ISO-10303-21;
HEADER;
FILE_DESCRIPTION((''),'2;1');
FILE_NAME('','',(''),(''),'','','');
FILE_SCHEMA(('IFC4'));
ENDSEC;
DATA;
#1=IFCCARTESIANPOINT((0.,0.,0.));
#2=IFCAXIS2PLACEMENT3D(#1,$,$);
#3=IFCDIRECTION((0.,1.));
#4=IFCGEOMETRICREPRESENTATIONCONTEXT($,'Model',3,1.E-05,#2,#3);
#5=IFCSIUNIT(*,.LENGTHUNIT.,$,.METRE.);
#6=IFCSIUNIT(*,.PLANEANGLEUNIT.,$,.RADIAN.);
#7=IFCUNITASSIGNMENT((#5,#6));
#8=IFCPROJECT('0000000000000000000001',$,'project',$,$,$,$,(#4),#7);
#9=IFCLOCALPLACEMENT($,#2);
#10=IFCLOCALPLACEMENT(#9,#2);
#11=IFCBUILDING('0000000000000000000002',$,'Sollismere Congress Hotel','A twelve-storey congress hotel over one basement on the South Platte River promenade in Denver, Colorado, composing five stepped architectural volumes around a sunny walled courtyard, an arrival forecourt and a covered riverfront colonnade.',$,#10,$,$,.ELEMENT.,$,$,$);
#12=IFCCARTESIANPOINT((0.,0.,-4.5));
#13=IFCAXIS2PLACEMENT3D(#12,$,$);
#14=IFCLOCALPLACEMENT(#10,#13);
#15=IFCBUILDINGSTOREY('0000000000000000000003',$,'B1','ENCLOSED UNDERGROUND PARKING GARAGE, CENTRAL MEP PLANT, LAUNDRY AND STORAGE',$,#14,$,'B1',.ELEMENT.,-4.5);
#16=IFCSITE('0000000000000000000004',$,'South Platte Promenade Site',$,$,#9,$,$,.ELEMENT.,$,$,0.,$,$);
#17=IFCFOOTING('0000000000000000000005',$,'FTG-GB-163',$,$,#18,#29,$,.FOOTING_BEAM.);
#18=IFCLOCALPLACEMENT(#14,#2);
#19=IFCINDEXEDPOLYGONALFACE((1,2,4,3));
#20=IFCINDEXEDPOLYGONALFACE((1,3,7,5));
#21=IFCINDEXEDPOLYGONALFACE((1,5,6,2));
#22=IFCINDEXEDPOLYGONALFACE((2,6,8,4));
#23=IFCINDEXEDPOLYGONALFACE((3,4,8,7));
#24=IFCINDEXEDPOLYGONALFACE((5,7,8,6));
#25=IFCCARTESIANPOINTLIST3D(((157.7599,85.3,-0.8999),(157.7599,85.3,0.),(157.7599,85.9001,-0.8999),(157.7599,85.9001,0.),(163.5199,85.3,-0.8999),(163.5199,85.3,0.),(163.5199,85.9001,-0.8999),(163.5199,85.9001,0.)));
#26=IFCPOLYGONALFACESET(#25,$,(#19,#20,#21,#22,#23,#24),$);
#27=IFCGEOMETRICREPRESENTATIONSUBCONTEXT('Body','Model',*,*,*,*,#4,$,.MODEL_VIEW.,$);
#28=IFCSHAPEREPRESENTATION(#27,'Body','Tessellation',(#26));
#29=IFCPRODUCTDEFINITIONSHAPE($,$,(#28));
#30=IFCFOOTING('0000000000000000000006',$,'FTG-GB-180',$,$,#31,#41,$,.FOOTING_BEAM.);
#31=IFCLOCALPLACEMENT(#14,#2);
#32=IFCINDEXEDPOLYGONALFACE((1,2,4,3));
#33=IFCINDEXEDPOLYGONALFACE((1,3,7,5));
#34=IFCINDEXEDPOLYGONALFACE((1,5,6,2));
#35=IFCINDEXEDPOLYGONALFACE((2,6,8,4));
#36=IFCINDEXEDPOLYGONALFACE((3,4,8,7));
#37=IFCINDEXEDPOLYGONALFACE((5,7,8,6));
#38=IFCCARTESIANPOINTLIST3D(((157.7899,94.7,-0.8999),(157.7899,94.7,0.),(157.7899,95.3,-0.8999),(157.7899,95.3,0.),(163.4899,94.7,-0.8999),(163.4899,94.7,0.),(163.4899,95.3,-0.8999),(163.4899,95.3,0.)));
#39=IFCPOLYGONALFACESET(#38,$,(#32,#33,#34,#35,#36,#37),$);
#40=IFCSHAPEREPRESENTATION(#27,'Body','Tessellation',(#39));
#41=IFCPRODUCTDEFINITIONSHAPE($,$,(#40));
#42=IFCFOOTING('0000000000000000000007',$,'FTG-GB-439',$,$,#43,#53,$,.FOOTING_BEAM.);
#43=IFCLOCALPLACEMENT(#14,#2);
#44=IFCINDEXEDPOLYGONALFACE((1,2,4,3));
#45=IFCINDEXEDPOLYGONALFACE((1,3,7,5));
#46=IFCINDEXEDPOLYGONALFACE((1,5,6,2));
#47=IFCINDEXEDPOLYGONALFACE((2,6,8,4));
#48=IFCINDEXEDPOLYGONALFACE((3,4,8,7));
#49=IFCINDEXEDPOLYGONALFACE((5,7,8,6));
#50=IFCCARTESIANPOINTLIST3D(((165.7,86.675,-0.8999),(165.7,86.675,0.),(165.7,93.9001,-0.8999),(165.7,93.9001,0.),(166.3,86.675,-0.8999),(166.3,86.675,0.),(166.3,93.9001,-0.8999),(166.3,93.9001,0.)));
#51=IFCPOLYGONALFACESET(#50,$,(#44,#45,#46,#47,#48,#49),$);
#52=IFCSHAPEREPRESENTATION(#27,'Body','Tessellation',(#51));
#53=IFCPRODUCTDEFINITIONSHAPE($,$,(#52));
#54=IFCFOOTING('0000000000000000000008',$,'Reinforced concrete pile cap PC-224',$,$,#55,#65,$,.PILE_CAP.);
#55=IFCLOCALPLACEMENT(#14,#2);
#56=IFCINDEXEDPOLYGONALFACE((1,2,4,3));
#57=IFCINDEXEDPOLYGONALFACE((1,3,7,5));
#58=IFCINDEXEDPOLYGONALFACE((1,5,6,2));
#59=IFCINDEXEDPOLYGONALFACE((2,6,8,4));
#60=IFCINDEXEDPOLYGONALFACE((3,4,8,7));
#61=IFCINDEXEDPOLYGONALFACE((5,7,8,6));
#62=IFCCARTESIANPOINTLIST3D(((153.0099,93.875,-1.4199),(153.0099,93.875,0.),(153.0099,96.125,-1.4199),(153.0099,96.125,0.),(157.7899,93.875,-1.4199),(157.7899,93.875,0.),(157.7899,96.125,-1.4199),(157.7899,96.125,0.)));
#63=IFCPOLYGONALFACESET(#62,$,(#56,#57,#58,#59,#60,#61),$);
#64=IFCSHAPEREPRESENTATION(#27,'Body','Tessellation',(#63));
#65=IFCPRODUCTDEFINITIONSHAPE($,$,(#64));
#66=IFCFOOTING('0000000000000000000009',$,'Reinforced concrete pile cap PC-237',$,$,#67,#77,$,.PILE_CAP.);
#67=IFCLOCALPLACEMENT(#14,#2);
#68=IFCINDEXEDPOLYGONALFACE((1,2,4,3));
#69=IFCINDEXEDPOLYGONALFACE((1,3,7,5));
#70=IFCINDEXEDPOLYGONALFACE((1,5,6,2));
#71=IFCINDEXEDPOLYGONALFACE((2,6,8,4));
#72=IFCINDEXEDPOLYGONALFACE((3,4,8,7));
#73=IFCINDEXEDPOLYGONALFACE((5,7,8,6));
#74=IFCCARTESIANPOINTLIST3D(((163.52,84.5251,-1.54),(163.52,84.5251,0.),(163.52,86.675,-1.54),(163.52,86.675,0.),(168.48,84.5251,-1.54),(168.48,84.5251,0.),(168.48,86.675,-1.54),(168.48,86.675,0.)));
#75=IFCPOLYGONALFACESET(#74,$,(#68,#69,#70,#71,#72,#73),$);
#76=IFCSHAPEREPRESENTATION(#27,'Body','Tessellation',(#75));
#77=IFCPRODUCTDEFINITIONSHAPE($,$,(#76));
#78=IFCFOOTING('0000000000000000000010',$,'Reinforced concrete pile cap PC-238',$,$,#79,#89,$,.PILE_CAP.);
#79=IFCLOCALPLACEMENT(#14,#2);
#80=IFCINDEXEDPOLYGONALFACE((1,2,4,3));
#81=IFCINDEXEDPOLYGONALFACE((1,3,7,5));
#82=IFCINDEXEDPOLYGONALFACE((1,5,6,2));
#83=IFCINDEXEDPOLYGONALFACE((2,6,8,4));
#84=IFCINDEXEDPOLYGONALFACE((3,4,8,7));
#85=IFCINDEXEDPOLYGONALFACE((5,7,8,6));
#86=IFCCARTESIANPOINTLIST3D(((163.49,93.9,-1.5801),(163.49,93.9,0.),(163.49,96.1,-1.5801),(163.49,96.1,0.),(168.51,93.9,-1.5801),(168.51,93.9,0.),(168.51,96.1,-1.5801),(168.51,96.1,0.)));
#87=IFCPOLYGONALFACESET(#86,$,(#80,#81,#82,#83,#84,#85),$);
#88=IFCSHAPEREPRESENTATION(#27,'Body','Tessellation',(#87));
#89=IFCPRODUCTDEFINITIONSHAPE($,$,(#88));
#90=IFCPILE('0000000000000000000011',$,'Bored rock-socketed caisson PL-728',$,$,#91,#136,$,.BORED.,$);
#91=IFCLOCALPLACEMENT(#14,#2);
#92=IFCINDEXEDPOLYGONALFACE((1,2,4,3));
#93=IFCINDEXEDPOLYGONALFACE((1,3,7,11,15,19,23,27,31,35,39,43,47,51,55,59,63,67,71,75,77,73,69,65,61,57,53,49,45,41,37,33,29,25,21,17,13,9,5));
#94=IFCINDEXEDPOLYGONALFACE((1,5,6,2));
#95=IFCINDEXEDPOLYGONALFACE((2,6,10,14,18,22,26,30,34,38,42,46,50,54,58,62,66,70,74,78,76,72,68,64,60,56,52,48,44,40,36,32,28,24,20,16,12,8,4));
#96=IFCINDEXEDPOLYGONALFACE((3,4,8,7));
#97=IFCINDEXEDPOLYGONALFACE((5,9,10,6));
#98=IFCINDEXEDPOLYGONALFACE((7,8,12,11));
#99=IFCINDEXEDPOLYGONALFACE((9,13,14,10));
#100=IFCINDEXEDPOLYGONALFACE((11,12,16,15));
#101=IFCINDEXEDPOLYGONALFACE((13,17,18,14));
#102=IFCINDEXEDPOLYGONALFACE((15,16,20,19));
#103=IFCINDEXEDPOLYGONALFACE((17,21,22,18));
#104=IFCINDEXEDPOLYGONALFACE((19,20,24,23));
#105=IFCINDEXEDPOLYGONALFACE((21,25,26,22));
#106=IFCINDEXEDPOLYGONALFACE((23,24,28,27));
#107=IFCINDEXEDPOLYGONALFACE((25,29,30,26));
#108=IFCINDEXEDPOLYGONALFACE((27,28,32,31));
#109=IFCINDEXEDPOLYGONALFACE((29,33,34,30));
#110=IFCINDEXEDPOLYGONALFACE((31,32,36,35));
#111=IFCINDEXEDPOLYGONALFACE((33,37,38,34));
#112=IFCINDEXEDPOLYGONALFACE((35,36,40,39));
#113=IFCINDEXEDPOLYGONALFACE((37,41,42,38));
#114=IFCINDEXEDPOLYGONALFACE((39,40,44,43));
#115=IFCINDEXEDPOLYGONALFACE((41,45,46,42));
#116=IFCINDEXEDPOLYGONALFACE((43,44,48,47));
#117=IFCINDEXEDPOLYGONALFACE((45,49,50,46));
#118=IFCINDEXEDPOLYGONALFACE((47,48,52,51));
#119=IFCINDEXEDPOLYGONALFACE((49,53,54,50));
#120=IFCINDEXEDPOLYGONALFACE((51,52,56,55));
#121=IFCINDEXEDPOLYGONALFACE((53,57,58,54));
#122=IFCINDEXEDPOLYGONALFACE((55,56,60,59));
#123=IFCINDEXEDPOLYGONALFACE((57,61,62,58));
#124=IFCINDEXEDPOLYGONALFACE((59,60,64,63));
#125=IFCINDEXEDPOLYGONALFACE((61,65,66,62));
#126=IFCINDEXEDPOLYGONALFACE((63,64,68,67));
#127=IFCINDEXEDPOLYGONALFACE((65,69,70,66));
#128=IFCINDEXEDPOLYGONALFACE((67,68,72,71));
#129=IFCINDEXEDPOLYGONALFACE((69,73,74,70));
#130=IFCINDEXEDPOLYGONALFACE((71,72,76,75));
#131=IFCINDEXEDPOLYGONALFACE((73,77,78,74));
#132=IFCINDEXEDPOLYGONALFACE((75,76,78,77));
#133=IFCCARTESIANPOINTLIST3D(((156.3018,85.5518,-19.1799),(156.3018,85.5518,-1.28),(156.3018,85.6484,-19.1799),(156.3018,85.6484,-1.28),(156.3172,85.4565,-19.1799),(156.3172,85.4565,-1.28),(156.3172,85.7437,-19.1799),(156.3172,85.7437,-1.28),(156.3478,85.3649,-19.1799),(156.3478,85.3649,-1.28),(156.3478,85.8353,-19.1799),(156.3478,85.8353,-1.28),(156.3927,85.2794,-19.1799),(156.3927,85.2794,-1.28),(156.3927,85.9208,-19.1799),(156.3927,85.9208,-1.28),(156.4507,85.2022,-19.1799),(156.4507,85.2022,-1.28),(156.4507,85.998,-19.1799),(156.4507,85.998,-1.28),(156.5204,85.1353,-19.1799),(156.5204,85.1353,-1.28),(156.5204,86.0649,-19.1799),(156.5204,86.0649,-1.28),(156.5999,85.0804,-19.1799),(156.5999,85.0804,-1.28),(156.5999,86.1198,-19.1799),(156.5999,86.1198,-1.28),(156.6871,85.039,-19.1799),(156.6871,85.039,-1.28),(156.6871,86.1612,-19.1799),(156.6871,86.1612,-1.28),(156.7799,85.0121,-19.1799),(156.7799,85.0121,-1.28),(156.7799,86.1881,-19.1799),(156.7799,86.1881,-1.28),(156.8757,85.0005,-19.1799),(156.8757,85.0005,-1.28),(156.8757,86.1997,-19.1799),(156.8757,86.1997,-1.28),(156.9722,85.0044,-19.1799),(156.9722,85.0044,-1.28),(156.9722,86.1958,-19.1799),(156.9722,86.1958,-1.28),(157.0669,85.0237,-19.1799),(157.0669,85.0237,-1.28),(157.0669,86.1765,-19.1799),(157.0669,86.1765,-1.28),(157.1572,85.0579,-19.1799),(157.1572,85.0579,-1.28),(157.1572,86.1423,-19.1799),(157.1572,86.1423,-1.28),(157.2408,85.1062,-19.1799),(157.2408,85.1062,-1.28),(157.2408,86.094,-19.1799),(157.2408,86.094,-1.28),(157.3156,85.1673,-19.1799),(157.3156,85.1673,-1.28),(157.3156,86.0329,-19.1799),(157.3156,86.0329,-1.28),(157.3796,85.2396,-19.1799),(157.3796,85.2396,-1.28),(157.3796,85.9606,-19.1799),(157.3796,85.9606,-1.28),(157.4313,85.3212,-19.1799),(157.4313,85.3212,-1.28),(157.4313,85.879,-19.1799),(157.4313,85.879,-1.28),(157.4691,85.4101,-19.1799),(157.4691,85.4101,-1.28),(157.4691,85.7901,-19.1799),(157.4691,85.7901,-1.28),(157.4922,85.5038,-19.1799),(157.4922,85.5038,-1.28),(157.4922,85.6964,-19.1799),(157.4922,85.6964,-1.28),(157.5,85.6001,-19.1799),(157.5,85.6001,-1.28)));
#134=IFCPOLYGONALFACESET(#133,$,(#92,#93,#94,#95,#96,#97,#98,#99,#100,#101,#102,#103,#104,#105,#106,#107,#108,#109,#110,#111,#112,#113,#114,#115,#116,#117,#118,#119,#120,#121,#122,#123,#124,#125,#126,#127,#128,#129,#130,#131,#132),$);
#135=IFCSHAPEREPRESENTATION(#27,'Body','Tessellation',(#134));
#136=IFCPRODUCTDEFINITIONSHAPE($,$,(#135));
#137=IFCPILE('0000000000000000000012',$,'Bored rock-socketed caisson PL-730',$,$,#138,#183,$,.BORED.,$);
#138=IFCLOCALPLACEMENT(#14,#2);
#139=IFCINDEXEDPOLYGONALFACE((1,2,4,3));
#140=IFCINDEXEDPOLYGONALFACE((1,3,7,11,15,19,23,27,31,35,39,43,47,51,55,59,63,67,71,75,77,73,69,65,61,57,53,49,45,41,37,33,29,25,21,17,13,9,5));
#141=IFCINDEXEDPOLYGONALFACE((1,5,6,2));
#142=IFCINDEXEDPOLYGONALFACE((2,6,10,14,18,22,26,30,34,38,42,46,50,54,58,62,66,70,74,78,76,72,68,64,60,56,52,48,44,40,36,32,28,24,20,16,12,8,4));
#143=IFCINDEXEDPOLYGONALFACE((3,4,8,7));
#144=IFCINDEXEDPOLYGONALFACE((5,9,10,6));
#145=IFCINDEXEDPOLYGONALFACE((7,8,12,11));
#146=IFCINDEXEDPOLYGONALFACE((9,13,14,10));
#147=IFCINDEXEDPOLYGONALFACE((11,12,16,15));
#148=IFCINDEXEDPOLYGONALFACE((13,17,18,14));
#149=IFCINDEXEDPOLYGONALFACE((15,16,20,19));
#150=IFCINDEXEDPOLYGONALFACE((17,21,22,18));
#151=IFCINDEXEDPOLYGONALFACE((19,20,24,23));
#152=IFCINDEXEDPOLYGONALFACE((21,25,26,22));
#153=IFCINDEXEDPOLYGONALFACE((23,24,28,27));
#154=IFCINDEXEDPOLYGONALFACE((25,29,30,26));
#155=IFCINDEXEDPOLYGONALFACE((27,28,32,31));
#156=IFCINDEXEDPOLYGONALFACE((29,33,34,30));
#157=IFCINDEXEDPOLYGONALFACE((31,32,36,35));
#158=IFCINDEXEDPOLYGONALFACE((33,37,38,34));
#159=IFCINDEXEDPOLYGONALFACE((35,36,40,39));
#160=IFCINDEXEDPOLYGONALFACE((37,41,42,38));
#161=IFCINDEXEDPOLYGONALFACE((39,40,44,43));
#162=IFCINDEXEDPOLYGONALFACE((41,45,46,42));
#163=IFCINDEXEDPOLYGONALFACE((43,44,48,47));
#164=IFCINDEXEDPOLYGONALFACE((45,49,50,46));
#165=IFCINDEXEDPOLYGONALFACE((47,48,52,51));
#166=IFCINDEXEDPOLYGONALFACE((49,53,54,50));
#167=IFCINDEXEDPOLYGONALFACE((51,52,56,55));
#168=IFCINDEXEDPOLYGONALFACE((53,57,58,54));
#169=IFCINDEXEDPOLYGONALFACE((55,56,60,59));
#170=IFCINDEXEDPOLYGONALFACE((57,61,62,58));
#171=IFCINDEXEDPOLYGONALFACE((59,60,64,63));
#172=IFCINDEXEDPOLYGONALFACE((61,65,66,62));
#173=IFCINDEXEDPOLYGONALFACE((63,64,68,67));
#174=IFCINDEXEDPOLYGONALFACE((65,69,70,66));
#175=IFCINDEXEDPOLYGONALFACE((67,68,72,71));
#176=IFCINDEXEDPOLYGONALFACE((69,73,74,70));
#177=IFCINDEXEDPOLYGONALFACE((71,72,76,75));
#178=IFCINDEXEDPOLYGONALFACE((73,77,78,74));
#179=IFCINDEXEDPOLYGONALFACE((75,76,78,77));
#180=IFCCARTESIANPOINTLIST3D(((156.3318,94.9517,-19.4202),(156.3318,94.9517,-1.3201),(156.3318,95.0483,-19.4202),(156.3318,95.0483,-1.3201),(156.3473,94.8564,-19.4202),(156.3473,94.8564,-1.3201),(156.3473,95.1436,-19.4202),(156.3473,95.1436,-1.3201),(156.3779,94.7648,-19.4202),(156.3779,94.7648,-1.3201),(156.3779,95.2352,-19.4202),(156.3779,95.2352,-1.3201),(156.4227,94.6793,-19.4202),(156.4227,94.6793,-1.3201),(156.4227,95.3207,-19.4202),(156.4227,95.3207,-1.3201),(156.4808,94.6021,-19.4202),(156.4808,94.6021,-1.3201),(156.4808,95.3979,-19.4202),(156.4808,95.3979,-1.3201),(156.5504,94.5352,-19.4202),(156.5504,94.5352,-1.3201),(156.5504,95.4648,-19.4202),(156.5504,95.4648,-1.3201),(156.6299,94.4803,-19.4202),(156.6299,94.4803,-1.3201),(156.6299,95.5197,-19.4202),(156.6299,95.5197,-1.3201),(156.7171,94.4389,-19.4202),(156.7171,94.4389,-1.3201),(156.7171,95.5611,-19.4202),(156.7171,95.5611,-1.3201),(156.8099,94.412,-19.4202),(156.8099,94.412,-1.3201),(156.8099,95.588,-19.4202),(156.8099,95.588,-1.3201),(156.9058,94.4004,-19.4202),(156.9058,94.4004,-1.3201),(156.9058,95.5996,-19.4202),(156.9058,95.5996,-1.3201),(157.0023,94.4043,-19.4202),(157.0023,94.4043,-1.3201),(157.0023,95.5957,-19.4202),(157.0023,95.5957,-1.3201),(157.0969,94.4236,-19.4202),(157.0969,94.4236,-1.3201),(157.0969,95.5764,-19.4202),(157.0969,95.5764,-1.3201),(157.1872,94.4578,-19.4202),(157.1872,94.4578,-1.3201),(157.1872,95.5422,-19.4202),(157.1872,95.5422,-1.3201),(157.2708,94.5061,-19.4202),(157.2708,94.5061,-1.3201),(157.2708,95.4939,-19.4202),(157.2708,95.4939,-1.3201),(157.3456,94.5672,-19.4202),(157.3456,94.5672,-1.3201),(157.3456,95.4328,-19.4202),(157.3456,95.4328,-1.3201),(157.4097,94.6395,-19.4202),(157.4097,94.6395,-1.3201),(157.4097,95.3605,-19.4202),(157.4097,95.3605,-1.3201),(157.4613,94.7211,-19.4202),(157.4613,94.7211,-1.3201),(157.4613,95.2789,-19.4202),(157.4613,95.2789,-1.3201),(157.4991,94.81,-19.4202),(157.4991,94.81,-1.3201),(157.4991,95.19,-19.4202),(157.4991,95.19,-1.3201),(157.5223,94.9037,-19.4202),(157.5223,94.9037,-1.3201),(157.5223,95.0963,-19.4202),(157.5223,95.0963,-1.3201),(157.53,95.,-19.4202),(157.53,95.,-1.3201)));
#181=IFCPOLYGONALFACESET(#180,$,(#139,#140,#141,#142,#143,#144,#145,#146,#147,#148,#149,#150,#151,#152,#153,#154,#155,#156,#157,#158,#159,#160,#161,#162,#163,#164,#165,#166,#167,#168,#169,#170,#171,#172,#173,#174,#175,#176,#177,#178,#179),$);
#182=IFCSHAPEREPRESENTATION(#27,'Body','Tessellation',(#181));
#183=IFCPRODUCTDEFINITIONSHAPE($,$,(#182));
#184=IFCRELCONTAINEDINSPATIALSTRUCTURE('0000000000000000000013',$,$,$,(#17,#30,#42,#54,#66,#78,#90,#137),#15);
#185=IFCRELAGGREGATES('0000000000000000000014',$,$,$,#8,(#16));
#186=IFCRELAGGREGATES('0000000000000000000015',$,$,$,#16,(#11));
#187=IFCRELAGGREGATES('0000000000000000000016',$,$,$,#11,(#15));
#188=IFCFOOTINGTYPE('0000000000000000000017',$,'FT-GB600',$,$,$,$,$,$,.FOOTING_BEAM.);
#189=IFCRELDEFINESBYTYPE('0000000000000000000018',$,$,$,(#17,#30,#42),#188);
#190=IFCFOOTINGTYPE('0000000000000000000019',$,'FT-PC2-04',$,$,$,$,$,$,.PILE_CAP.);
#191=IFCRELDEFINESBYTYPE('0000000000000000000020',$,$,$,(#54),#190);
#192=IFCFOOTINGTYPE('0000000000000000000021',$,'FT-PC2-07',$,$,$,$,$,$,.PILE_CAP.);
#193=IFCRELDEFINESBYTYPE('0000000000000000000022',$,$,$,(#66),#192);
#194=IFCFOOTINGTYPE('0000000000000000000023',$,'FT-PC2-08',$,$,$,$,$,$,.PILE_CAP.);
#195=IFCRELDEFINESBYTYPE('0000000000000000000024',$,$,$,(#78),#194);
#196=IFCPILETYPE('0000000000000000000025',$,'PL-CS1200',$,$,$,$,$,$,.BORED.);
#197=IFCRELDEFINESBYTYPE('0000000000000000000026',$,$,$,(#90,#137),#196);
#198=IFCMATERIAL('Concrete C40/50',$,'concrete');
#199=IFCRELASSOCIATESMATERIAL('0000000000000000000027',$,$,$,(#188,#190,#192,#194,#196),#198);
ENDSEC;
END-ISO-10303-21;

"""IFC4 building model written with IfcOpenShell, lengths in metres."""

from ifc_helpers import new_model, si_unit, direction, frame, origin, origin_2d, place, context, subcontext, project, spatial, rectangle, circle, extrude, material, material_profile, profile_set, type_object, element, save


model = new_model("IFC4")

# Units and contexts
model_context = context("Model", 3, precision=1e-05, world=origin(), true_north=direction((0.0, 1.0)))
body_context = subcontext(model_context, "Body", "Model", "MODEL_VIEW")
ifc_project = project(units=[si_unit("LENGTHUNIT", "METRE"), si_unit("PLANEANGLEUNIT", "RADIAN")], contexts=[model_context])

# Site, building, storey
site_placement = place(None, origin())
site = spatial("IfcSite", under=ifc_project, at=site_placement, Name="South Platte Promenade Site", CompositionType="ELEMENT", RefElevation=0.0)
building_placement = place(site_placement, origin())
building = spatial("IfcBuilding", under=site, at=building_placement, Name="Sollismere Congress Hotel", Description="A twelve-storey congress hotel over one basement on the South Platte River promenade in Denver, Colorado, composing five stepped architectural volumes around a sunny walled courtyard, an arrival forecourt and a covered riverfront colonnade.", CompositionType="ELEMENT")
storey_placement = place(building_placement, frame((0.0, 0.0, -4.5)))
storey = spatial("IfcBuildingStorey", under=building, at=storey_placement, Name="B1", Description="ENCLOSED UNDERGROUND PARKING GARAGE, CENTRAL MEP PLANT, LAUNDRY AND STORAGE", LongName="B1", CompositionType="ELEMENT", Elevation=-4.5)

# Footings
ifc_material_1 = material(Name="Concrete C40/50", Category="concrete")
footing_type_1 = type_object("IfcFootingType", Name="FT-GB600", PredefinedType="FOOTING_BEAM", material=ifc_material_1)
footing_1_placement = place(storey_placement, frame((160.6399, 85.6001, -0.8999), z_axis=(0.0, 0.0, 1.0), x_axis=(1.0, 0.0, 0.0)))
element("IfcFooting", 1, at=footing_1_placement, inside=storey, type_object=footing_type_1, Name="FTG-GB-163", PredefinedType="FOOTING_BEAM", context=body_context, shape_type="SweptSolid", body=[
    extrude(rectangle(XDim=5.76, YDim=0.6001, at=origin_2d()), origin(), (0.0, 0.0, 1.0), 0.8999),
])
footing_2_placement = place(storey_placement, frame((160.6399, 95.0, -0.8999), z_axis=(0.0, 0.0, 1.0), x_axis=(1.0, 0.0, 0.0)))
element("IfcFooting", 2, at=footing_2_placement, inside=storey, type_object=footing_type_1, Name="FTG-GB-180", PredefinedType="FOOTING_BEAM", context=body_context, shape_type="SweptSolid", body=[
    extrude(rectangle(XDim=5.7, YDim=0.6001, at=origin_2d()), origin(), (0.0, 0.0, 1.0), 0.8999),
])
footing_3_placement = place(storey_placement, frame((166.0, 90.2876, -0.8999), z_axis=(0.0, 0.0, 1.0), x_axis=(0.0, 1.0, 0.0)))
element("IfcFooting", 3, at=footing_3_placement, inside=storey, type_object=footing_type_1, Name="FTG-GB-439", PredefinedType="FOOTING_BEAM", context=body_context, shape_type="SweptSolid", body=[
    extrude(rectangle(XDim=7.2251, YDim=0.6001, at=origin_2d()), origin(), (0.0, 0.0, 1.0), 0.8999),
])
footing_type_2 = type_object("IfcFootingType", Name="FT-PC2-04", PredefinedType="PILE_CAP", material=ifc_material_1)
footing_4_placement = place(storey_placement, frame((155.3999, 95.0, -1.4199), z_axis=(0.0, 0.0, 1.0), x_axis=(1.0, 0.0, 0.0)))
element("IfcFooting", 4, at=footing_4_placement, inside=storey, type_object=footing_type_2, Name="Reinforced concrete pile cap PC-224", PredefinedType="PILE_CAP", context=body_context, shape_type="SweptSolid", body=[
    extrude(rectangle(XDim=4.78, YDim=2.25, at=origin_2d()), origin(), (0.0, 0.0, 1.0), 1.4199),
])
footing_type_3 = type_object("IfcFootingType", Name="FT-PC2-07", PredefinedType="PILE_CAP", material=ifc_material_1)
footing_5_placement = place(storey_placement, frame((166.0, 85.6001, -1.54), z_axis=(0.0, 0.0, 1.0), x_axis=(1.0, 0.0, 0.0)))
element("IfcFooting", 5, at=footing_5_placement, inside=storey, type_object=footing_type_3, Name="Reinforced concrete pile cap PC-237", PredefinedType="PILE_CAP", context=body_context, shape_type="SweptSolid", body=[
    extrude(rectangle(XDim=4.96, YDim=2.1499, at=origin_2d()), origin(), (0.0, 0.0, 1.0), 1.54),
])
footing_type_4 = type_object("IfcFootingType", Name="FT-PC2-08", PredefinedType="PILE_CAP", material=ifc_material_1)
footing_6_placement = place(storey_placement, frame((166.0, 95.0, -1.5801), z_axis=(0.0, 0.0, 1.0), x_axis=(1.0, 0.0, 0.0)))
element("IfcFooting", 6, at=footing_6_placement, inside=storey, type_object=footing_type_4, Name="Reinforced concrete pile cap PC-238", PredefinedType="PILE_CAP", context=body_context, shape_type="SweptSolid", body=[
    extrude(rectangle(XDim=5.02, YDim=2.2, at=origin_2d()), origin(), (0.0, 0.0, 1.0), 1.5801),
])

# Piles
ifc_material_profile_1 = material_profile(ifc_material_1, circle(Radius=0.6001, at=origin_2d()), Name="CAISSON1200")
ifc_profile_set_1 = profile_set([ifc_material_profile_1], Name="Concrete C40/50")
pile_type = type_object("IfcPileType", Name="PL-CS1200", PredefinedType="BORED", material=ifc_profile_set_1)
pile_1_placement = place(storey_placement, frame((156.8999, 85.6001, -1.28), z_axis=(0.0, 0.0, -1.0), x_axis=(1.0, 0.0, 0.0)))
element("IfcPile", 7, at=pile_1_placement, inside=storey, type_object=pile_type, Name="Bored rock-socketed caisson PL-728", PredefinedType="BORED", context=body_context, shape_type="SweptSolid", body=[
    extrude(circle(Radius=0.6001, at=origin_2d()), origin(), (0.0, 0.0, 1.0), 17.8999),
])
pile_2_placement = place(storey_placement, frame((156.9299, 95.0, -1.3201), z_axis=(0.0, 0.0, -1.0), x_axis=(1.0, 0.0, 0.0)))
element("IfcPile", 8, at=pile_2_placement, inside=storey, type_object=pile_type, Name="Bored rock-socketed caisson PL-730", PredefinedType="BORED", context=body_context, shape_type="SweptSolid", body=[
    extrude(circle(Radius=0.6001, at=origin_2d()), origin(), (0.0, 0.0, 1.0), 18.1001),
])

save(model, "model.ifc")
